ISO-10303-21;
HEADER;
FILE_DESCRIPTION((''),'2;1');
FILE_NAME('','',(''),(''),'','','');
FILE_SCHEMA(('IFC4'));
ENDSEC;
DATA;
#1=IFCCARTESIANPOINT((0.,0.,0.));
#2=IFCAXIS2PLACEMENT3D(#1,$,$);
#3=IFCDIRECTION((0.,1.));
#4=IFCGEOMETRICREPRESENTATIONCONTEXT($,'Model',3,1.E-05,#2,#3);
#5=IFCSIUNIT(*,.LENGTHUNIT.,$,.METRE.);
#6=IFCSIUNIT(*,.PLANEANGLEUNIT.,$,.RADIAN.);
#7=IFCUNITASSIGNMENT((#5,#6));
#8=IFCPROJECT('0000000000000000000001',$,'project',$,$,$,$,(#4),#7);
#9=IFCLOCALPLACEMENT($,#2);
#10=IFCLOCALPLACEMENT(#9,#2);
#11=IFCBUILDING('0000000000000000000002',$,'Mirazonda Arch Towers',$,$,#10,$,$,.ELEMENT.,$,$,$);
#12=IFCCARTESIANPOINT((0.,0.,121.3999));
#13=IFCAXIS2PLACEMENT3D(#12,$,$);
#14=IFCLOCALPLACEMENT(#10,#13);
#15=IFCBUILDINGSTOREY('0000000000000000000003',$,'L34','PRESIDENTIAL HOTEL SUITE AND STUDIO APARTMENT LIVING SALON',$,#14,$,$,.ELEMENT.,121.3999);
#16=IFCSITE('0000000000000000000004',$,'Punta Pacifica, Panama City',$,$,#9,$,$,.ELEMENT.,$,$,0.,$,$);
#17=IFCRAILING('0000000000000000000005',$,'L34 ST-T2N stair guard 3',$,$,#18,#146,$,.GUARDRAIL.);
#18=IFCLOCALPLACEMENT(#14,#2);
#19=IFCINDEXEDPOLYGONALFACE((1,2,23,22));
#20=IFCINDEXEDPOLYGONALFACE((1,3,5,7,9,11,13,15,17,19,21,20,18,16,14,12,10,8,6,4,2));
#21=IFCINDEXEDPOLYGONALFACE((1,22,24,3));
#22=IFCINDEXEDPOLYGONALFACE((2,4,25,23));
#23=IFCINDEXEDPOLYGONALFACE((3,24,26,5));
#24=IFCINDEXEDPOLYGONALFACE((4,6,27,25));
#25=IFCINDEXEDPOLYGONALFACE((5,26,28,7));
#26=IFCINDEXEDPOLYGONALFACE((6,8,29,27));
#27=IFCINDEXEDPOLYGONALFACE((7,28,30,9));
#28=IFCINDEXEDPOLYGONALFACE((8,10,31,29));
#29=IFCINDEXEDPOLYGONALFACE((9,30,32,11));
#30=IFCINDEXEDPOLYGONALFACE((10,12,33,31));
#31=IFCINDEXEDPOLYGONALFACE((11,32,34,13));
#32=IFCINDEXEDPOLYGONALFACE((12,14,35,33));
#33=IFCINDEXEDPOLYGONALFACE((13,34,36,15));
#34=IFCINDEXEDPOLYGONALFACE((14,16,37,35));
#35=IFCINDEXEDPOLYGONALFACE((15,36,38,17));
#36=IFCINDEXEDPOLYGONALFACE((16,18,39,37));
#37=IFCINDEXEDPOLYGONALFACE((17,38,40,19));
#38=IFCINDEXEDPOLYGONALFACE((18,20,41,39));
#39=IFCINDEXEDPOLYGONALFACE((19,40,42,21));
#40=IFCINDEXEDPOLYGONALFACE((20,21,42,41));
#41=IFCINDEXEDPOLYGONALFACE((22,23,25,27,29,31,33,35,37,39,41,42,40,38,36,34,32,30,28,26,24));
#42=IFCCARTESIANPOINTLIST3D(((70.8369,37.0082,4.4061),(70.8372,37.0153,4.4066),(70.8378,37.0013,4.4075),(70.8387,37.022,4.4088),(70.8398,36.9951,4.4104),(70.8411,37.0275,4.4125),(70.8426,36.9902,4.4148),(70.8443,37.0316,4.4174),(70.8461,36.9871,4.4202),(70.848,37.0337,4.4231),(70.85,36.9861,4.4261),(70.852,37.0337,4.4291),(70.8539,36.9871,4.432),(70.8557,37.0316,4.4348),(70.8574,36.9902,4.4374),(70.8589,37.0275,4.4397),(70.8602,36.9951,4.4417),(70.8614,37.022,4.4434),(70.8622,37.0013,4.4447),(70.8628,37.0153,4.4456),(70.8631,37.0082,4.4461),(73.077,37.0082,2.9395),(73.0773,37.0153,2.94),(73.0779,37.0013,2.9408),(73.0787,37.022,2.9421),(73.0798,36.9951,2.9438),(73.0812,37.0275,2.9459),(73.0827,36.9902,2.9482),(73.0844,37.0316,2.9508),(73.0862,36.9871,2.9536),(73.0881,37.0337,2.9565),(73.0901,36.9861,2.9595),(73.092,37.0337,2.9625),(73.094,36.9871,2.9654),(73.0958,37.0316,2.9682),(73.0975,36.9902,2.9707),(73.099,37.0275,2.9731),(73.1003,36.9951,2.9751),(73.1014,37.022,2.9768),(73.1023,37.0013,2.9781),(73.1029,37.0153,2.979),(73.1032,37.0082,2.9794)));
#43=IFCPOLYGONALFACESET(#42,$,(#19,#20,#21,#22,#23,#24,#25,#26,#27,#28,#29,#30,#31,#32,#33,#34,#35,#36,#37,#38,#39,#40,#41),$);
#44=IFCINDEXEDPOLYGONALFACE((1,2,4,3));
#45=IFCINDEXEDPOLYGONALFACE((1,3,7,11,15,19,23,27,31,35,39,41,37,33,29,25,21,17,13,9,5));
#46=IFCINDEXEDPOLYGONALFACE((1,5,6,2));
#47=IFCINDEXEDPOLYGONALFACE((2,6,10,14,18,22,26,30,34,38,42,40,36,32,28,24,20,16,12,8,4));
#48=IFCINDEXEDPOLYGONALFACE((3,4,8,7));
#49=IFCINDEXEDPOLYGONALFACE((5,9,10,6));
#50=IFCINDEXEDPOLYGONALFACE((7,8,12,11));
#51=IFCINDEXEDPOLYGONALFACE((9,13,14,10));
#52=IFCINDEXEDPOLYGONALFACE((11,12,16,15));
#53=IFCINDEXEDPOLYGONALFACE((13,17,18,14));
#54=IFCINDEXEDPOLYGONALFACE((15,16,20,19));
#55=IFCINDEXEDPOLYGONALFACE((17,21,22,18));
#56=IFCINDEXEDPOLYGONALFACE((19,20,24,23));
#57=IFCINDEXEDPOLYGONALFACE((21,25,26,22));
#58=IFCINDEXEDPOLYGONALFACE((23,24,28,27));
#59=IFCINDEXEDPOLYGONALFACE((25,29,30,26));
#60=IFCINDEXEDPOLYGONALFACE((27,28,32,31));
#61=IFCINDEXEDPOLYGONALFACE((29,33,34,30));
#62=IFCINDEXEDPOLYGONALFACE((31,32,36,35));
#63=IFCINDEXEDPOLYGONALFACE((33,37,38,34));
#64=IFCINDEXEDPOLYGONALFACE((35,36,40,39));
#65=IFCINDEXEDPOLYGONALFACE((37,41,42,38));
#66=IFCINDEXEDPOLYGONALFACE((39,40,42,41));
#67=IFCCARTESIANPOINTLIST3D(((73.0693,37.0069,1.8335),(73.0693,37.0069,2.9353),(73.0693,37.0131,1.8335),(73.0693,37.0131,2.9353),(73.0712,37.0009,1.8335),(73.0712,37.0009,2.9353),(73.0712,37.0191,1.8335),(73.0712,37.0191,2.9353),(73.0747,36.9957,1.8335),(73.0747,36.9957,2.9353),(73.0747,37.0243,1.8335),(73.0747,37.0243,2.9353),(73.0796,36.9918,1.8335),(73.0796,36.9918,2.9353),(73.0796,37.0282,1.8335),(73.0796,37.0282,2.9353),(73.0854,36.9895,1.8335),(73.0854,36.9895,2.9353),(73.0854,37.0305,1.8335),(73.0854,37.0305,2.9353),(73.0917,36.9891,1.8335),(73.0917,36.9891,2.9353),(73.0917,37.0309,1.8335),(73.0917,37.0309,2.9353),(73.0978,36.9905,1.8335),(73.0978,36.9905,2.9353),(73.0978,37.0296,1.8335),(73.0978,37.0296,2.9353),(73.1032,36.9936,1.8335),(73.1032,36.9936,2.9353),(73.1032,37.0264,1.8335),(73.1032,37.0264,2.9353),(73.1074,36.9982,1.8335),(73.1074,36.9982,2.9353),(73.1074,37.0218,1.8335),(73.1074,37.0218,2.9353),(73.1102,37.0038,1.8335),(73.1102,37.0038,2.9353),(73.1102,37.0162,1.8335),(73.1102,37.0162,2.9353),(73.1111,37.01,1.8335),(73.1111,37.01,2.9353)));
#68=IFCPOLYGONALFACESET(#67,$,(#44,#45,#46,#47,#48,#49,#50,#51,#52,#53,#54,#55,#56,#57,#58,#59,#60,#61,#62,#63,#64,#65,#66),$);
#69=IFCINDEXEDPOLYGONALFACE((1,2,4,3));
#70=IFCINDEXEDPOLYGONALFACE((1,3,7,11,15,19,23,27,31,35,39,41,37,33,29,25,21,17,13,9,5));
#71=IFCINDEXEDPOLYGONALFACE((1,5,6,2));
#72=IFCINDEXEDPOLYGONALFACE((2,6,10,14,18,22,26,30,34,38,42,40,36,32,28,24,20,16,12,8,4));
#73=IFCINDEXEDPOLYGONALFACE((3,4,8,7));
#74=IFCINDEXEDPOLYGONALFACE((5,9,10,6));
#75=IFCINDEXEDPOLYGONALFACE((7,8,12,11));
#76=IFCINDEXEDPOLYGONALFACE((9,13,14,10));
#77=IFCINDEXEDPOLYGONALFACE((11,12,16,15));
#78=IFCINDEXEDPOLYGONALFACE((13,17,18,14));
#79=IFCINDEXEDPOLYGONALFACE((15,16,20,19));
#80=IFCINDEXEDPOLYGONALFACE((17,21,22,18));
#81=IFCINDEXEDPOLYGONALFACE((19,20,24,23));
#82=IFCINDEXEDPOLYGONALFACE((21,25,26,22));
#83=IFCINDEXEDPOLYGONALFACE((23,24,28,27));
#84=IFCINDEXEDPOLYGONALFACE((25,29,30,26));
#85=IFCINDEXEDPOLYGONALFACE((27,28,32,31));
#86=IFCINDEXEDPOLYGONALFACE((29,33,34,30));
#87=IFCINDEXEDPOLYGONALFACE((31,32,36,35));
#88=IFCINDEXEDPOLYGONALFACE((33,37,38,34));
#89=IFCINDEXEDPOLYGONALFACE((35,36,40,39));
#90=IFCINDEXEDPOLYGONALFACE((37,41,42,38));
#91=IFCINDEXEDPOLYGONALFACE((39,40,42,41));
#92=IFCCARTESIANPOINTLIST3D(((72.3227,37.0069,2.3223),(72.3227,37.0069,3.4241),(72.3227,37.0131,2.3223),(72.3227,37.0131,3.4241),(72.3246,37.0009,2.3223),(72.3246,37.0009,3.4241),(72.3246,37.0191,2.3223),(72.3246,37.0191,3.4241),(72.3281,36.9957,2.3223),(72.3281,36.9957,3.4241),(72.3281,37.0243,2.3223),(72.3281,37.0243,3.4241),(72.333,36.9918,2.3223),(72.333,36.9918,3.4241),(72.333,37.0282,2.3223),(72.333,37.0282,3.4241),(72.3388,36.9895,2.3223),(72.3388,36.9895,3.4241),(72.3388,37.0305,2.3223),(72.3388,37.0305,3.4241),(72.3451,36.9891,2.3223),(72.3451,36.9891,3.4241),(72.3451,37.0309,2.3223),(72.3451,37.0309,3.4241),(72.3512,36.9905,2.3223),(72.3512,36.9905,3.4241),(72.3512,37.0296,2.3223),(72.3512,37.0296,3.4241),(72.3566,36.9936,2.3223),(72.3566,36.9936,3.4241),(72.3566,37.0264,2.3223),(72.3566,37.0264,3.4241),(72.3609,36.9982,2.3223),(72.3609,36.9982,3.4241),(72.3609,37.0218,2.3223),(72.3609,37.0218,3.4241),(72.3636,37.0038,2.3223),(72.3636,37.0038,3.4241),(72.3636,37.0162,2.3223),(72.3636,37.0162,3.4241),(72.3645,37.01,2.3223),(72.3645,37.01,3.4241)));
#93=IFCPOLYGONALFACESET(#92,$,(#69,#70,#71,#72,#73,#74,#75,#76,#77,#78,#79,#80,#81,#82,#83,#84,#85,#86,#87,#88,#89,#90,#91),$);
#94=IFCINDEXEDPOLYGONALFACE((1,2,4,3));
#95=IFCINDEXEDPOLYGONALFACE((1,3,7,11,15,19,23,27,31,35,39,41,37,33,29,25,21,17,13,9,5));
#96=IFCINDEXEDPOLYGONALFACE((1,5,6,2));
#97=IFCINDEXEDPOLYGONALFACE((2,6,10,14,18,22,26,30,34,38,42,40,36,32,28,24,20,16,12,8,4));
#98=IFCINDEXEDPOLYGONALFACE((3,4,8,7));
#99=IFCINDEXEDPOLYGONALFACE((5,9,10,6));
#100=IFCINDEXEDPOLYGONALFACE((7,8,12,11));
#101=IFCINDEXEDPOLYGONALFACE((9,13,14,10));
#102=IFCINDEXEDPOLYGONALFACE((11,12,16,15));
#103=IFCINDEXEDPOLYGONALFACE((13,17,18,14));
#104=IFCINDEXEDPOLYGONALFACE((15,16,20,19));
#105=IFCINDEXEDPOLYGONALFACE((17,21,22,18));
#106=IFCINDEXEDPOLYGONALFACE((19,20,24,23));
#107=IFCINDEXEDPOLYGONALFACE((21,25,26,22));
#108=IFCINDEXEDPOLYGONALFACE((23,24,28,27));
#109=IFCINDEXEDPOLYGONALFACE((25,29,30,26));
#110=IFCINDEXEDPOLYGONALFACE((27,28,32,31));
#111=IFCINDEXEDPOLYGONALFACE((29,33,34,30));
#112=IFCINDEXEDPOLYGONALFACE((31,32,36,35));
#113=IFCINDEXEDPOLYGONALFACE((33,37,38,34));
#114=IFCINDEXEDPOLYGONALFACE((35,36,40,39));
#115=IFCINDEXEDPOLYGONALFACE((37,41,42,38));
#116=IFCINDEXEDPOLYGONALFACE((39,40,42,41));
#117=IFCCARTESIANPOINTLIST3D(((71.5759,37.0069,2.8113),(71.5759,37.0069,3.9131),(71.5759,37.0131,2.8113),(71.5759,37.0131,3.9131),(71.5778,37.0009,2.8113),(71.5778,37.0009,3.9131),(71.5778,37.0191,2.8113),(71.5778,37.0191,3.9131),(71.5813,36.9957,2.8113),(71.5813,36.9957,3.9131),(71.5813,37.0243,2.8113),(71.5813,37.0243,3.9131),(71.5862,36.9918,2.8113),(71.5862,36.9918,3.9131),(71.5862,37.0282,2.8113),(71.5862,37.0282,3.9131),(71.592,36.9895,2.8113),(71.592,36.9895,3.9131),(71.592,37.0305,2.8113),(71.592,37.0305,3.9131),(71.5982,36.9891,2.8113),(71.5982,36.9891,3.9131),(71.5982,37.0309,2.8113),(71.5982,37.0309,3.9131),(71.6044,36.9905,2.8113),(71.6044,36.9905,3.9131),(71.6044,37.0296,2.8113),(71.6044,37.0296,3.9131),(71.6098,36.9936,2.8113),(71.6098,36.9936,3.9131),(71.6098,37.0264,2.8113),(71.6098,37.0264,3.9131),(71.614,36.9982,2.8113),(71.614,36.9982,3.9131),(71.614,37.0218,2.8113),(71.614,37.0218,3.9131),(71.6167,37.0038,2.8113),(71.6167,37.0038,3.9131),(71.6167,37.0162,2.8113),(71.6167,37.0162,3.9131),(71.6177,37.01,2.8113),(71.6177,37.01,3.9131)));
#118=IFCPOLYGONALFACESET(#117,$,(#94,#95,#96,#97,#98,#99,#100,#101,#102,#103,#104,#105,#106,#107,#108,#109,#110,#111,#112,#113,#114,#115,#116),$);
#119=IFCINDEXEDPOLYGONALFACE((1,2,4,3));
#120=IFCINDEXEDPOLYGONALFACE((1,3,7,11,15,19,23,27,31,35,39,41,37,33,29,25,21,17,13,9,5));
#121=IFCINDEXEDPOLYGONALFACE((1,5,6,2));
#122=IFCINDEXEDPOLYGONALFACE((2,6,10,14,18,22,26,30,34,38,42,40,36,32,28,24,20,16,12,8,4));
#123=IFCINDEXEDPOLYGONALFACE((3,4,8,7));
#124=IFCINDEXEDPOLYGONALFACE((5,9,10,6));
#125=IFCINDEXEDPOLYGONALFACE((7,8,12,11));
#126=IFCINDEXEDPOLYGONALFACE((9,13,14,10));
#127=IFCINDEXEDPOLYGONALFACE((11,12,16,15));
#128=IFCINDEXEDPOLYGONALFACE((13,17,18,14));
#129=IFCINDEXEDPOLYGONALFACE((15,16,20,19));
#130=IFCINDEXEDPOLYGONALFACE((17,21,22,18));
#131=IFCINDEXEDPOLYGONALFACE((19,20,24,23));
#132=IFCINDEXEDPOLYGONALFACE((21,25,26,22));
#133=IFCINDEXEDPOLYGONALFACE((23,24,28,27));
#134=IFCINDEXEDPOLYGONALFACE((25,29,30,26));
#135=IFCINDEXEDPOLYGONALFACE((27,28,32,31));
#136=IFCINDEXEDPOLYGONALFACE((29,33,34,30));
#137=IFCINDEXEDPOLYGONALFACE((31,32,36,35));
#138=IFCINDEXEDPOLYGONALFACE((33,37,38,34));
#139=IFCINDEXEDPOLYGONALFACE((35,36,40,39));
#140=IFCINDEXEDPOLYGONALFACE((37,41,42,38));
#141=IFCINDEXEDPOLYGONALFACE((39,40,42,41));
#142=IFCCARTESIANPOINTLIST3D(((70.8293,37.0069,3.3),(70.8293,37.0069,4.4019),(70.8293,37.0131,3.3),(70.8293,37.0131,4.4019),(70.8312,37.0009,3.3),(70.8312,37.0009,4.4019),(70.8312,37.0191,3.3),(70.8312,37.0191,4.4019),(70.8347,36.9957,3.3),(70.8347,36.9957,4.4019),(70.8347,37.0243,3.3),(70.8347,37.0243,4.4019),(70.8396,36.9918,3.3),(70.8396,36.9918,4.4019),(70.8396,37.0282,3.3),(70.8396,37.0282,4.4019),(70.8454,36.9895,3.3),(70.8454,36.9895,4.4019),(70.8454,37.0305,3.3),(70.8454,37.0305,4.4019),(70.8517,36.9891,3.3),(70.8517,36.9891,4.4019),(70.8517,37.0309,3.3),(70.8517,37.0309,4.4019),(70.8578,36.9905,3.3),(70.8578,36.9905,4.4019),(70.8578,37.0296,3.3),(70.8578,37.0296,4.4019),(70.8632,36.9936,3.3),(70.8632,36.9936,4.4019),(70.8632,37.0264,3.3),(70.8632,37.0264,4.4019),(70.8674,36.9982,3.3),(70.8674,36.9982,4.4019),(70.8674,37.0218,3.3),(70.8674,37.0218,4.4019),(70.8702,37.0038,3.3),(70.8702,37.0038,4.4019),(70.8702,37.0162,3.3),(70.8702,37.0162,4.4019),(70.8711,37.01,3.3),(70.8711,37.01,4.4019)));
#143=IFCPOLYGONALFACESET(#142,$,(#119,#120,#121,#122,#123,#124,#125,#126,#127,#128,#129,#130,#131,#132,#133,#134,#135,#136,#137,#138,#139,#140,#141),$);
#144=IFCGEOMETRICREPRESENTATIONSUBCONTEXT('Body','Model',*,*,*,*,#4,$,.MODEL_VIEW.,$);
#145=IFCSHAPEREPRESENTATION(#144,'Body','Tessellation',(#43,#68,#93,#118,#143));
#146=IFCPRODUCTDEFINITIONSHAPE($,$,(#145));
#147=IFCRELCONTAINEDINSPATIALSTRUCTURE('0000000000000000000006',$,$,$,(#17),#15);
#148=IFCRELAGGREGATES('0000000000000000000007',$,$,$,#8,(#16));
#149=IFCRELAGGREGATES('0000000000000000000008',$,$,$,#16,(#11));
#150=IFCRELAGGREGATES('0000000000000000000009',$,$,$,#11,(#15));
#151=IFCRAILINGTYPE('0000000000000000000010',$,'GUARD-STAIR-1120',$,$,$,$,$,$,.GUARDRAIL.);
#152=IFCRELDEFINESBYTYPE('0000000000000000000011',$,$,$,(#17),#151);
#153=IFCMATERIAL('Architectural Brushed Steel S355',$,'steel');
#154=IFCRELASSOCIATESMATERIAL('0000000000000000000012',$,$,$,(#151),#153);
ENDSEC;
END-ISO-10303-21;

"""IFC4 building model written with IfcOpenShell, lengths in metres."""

from ifc_helpers import new_model, si_unit, direction, frame, origin, origin_2d, place, context, subcontext, project, spatial, circle, extrude, material, type_object, element, save


model = new_model("IFC4")

# Units and contexts
model_context = context("Model", 3, precision=1e-05, world=origin(), true_north=direction((0.0, 1.0)))
body_context = subcontext(model_context, "Body", "Model", "MODEL_VIEW")
ifc_project = project(units=[si_unit("LENGTHUNIT", "METRE"), si_unit("PLANEANGLEUNIT", "RADIAN")], contexts=[model_context])

# Site, building, storey
site_placement = place(None, origin())
site = spatial("IfcSite", under=ifc_project, at=site_placement, Name="Punta Pacifica, Panama City", CompositionType="ELEMENT", RefElevation=0.0)
building_placement = place(site_placement, origin())
building = spatial("IfcBuilding", under=site, at=building_placement, Name="Mirazonda Arch Towers", CompositionType="ELEMENT")
storey_placement = place(building_placement, frame((0.0, 0.0, 121.3999)))
storey = spatial("IfcBuildingStorey", under=building, at=storey_placement, Name="L34", Description="PRESIDENTIAL HOTEL SUITE AND STUDIO APARTMENT LIVING SALON", CompositionType="ELEMENT", Elevation=121.3999)

# Shared definitions
ifc_material_1 = material(Name="Architectural Brushed Steel S355", Category="steel")

# Railing
railing_type_1 = type_object("IfcRailingType", Name="GUARD-STAIR-1120", PredefinedType="GUARDRAIL", material=ifc_material_1)
railing_1_placement = place(storey_placement, frame((73.0901, 37.01, 1.8335)))
element("IfcRailing", 1, at=railing_1_placement, inside=storey, type_object=railing_type_1, Name="L34 ST-T2N stair guard 3", PredefinedType="GUARDRAIL", context=body_context, shape_type="SweptSolid", body=[
    extrude(circle(Radius=0.0239, at=origin_2d()), frame((0.0, 0.0, 1.126), z_axis=(-0.836637, 0.0, 0.547758), x_axis=(0.0, -1.0, 0.0)), (0.0, 0.0, 1.0), 2.6775),
    extrude(circle(Radius=0.021, at=origin_2d()), origin(), (0.0, 0.0, 1.0), 1.1018),
    extrude(circle(Radius=0.021, at=origin_2d()), frame((-0.7466, 0.0, 0.4888)), (0.0, 0.0, 1.0), 1.1018),
    extrude(circle(Radius=0.021, at=origin_2d()), frame((-1.4934, 0.0, 0.9778)), (0.0, 0.0, 1.0), 1.1018),
    extrude(circle(Radius=0.021, at=origin_2d()), frame((-2.24, 0.0, 1.4666)), (0.0, 0.0, 1.0), 1.1018),
])

save(model, "model.ifc")
